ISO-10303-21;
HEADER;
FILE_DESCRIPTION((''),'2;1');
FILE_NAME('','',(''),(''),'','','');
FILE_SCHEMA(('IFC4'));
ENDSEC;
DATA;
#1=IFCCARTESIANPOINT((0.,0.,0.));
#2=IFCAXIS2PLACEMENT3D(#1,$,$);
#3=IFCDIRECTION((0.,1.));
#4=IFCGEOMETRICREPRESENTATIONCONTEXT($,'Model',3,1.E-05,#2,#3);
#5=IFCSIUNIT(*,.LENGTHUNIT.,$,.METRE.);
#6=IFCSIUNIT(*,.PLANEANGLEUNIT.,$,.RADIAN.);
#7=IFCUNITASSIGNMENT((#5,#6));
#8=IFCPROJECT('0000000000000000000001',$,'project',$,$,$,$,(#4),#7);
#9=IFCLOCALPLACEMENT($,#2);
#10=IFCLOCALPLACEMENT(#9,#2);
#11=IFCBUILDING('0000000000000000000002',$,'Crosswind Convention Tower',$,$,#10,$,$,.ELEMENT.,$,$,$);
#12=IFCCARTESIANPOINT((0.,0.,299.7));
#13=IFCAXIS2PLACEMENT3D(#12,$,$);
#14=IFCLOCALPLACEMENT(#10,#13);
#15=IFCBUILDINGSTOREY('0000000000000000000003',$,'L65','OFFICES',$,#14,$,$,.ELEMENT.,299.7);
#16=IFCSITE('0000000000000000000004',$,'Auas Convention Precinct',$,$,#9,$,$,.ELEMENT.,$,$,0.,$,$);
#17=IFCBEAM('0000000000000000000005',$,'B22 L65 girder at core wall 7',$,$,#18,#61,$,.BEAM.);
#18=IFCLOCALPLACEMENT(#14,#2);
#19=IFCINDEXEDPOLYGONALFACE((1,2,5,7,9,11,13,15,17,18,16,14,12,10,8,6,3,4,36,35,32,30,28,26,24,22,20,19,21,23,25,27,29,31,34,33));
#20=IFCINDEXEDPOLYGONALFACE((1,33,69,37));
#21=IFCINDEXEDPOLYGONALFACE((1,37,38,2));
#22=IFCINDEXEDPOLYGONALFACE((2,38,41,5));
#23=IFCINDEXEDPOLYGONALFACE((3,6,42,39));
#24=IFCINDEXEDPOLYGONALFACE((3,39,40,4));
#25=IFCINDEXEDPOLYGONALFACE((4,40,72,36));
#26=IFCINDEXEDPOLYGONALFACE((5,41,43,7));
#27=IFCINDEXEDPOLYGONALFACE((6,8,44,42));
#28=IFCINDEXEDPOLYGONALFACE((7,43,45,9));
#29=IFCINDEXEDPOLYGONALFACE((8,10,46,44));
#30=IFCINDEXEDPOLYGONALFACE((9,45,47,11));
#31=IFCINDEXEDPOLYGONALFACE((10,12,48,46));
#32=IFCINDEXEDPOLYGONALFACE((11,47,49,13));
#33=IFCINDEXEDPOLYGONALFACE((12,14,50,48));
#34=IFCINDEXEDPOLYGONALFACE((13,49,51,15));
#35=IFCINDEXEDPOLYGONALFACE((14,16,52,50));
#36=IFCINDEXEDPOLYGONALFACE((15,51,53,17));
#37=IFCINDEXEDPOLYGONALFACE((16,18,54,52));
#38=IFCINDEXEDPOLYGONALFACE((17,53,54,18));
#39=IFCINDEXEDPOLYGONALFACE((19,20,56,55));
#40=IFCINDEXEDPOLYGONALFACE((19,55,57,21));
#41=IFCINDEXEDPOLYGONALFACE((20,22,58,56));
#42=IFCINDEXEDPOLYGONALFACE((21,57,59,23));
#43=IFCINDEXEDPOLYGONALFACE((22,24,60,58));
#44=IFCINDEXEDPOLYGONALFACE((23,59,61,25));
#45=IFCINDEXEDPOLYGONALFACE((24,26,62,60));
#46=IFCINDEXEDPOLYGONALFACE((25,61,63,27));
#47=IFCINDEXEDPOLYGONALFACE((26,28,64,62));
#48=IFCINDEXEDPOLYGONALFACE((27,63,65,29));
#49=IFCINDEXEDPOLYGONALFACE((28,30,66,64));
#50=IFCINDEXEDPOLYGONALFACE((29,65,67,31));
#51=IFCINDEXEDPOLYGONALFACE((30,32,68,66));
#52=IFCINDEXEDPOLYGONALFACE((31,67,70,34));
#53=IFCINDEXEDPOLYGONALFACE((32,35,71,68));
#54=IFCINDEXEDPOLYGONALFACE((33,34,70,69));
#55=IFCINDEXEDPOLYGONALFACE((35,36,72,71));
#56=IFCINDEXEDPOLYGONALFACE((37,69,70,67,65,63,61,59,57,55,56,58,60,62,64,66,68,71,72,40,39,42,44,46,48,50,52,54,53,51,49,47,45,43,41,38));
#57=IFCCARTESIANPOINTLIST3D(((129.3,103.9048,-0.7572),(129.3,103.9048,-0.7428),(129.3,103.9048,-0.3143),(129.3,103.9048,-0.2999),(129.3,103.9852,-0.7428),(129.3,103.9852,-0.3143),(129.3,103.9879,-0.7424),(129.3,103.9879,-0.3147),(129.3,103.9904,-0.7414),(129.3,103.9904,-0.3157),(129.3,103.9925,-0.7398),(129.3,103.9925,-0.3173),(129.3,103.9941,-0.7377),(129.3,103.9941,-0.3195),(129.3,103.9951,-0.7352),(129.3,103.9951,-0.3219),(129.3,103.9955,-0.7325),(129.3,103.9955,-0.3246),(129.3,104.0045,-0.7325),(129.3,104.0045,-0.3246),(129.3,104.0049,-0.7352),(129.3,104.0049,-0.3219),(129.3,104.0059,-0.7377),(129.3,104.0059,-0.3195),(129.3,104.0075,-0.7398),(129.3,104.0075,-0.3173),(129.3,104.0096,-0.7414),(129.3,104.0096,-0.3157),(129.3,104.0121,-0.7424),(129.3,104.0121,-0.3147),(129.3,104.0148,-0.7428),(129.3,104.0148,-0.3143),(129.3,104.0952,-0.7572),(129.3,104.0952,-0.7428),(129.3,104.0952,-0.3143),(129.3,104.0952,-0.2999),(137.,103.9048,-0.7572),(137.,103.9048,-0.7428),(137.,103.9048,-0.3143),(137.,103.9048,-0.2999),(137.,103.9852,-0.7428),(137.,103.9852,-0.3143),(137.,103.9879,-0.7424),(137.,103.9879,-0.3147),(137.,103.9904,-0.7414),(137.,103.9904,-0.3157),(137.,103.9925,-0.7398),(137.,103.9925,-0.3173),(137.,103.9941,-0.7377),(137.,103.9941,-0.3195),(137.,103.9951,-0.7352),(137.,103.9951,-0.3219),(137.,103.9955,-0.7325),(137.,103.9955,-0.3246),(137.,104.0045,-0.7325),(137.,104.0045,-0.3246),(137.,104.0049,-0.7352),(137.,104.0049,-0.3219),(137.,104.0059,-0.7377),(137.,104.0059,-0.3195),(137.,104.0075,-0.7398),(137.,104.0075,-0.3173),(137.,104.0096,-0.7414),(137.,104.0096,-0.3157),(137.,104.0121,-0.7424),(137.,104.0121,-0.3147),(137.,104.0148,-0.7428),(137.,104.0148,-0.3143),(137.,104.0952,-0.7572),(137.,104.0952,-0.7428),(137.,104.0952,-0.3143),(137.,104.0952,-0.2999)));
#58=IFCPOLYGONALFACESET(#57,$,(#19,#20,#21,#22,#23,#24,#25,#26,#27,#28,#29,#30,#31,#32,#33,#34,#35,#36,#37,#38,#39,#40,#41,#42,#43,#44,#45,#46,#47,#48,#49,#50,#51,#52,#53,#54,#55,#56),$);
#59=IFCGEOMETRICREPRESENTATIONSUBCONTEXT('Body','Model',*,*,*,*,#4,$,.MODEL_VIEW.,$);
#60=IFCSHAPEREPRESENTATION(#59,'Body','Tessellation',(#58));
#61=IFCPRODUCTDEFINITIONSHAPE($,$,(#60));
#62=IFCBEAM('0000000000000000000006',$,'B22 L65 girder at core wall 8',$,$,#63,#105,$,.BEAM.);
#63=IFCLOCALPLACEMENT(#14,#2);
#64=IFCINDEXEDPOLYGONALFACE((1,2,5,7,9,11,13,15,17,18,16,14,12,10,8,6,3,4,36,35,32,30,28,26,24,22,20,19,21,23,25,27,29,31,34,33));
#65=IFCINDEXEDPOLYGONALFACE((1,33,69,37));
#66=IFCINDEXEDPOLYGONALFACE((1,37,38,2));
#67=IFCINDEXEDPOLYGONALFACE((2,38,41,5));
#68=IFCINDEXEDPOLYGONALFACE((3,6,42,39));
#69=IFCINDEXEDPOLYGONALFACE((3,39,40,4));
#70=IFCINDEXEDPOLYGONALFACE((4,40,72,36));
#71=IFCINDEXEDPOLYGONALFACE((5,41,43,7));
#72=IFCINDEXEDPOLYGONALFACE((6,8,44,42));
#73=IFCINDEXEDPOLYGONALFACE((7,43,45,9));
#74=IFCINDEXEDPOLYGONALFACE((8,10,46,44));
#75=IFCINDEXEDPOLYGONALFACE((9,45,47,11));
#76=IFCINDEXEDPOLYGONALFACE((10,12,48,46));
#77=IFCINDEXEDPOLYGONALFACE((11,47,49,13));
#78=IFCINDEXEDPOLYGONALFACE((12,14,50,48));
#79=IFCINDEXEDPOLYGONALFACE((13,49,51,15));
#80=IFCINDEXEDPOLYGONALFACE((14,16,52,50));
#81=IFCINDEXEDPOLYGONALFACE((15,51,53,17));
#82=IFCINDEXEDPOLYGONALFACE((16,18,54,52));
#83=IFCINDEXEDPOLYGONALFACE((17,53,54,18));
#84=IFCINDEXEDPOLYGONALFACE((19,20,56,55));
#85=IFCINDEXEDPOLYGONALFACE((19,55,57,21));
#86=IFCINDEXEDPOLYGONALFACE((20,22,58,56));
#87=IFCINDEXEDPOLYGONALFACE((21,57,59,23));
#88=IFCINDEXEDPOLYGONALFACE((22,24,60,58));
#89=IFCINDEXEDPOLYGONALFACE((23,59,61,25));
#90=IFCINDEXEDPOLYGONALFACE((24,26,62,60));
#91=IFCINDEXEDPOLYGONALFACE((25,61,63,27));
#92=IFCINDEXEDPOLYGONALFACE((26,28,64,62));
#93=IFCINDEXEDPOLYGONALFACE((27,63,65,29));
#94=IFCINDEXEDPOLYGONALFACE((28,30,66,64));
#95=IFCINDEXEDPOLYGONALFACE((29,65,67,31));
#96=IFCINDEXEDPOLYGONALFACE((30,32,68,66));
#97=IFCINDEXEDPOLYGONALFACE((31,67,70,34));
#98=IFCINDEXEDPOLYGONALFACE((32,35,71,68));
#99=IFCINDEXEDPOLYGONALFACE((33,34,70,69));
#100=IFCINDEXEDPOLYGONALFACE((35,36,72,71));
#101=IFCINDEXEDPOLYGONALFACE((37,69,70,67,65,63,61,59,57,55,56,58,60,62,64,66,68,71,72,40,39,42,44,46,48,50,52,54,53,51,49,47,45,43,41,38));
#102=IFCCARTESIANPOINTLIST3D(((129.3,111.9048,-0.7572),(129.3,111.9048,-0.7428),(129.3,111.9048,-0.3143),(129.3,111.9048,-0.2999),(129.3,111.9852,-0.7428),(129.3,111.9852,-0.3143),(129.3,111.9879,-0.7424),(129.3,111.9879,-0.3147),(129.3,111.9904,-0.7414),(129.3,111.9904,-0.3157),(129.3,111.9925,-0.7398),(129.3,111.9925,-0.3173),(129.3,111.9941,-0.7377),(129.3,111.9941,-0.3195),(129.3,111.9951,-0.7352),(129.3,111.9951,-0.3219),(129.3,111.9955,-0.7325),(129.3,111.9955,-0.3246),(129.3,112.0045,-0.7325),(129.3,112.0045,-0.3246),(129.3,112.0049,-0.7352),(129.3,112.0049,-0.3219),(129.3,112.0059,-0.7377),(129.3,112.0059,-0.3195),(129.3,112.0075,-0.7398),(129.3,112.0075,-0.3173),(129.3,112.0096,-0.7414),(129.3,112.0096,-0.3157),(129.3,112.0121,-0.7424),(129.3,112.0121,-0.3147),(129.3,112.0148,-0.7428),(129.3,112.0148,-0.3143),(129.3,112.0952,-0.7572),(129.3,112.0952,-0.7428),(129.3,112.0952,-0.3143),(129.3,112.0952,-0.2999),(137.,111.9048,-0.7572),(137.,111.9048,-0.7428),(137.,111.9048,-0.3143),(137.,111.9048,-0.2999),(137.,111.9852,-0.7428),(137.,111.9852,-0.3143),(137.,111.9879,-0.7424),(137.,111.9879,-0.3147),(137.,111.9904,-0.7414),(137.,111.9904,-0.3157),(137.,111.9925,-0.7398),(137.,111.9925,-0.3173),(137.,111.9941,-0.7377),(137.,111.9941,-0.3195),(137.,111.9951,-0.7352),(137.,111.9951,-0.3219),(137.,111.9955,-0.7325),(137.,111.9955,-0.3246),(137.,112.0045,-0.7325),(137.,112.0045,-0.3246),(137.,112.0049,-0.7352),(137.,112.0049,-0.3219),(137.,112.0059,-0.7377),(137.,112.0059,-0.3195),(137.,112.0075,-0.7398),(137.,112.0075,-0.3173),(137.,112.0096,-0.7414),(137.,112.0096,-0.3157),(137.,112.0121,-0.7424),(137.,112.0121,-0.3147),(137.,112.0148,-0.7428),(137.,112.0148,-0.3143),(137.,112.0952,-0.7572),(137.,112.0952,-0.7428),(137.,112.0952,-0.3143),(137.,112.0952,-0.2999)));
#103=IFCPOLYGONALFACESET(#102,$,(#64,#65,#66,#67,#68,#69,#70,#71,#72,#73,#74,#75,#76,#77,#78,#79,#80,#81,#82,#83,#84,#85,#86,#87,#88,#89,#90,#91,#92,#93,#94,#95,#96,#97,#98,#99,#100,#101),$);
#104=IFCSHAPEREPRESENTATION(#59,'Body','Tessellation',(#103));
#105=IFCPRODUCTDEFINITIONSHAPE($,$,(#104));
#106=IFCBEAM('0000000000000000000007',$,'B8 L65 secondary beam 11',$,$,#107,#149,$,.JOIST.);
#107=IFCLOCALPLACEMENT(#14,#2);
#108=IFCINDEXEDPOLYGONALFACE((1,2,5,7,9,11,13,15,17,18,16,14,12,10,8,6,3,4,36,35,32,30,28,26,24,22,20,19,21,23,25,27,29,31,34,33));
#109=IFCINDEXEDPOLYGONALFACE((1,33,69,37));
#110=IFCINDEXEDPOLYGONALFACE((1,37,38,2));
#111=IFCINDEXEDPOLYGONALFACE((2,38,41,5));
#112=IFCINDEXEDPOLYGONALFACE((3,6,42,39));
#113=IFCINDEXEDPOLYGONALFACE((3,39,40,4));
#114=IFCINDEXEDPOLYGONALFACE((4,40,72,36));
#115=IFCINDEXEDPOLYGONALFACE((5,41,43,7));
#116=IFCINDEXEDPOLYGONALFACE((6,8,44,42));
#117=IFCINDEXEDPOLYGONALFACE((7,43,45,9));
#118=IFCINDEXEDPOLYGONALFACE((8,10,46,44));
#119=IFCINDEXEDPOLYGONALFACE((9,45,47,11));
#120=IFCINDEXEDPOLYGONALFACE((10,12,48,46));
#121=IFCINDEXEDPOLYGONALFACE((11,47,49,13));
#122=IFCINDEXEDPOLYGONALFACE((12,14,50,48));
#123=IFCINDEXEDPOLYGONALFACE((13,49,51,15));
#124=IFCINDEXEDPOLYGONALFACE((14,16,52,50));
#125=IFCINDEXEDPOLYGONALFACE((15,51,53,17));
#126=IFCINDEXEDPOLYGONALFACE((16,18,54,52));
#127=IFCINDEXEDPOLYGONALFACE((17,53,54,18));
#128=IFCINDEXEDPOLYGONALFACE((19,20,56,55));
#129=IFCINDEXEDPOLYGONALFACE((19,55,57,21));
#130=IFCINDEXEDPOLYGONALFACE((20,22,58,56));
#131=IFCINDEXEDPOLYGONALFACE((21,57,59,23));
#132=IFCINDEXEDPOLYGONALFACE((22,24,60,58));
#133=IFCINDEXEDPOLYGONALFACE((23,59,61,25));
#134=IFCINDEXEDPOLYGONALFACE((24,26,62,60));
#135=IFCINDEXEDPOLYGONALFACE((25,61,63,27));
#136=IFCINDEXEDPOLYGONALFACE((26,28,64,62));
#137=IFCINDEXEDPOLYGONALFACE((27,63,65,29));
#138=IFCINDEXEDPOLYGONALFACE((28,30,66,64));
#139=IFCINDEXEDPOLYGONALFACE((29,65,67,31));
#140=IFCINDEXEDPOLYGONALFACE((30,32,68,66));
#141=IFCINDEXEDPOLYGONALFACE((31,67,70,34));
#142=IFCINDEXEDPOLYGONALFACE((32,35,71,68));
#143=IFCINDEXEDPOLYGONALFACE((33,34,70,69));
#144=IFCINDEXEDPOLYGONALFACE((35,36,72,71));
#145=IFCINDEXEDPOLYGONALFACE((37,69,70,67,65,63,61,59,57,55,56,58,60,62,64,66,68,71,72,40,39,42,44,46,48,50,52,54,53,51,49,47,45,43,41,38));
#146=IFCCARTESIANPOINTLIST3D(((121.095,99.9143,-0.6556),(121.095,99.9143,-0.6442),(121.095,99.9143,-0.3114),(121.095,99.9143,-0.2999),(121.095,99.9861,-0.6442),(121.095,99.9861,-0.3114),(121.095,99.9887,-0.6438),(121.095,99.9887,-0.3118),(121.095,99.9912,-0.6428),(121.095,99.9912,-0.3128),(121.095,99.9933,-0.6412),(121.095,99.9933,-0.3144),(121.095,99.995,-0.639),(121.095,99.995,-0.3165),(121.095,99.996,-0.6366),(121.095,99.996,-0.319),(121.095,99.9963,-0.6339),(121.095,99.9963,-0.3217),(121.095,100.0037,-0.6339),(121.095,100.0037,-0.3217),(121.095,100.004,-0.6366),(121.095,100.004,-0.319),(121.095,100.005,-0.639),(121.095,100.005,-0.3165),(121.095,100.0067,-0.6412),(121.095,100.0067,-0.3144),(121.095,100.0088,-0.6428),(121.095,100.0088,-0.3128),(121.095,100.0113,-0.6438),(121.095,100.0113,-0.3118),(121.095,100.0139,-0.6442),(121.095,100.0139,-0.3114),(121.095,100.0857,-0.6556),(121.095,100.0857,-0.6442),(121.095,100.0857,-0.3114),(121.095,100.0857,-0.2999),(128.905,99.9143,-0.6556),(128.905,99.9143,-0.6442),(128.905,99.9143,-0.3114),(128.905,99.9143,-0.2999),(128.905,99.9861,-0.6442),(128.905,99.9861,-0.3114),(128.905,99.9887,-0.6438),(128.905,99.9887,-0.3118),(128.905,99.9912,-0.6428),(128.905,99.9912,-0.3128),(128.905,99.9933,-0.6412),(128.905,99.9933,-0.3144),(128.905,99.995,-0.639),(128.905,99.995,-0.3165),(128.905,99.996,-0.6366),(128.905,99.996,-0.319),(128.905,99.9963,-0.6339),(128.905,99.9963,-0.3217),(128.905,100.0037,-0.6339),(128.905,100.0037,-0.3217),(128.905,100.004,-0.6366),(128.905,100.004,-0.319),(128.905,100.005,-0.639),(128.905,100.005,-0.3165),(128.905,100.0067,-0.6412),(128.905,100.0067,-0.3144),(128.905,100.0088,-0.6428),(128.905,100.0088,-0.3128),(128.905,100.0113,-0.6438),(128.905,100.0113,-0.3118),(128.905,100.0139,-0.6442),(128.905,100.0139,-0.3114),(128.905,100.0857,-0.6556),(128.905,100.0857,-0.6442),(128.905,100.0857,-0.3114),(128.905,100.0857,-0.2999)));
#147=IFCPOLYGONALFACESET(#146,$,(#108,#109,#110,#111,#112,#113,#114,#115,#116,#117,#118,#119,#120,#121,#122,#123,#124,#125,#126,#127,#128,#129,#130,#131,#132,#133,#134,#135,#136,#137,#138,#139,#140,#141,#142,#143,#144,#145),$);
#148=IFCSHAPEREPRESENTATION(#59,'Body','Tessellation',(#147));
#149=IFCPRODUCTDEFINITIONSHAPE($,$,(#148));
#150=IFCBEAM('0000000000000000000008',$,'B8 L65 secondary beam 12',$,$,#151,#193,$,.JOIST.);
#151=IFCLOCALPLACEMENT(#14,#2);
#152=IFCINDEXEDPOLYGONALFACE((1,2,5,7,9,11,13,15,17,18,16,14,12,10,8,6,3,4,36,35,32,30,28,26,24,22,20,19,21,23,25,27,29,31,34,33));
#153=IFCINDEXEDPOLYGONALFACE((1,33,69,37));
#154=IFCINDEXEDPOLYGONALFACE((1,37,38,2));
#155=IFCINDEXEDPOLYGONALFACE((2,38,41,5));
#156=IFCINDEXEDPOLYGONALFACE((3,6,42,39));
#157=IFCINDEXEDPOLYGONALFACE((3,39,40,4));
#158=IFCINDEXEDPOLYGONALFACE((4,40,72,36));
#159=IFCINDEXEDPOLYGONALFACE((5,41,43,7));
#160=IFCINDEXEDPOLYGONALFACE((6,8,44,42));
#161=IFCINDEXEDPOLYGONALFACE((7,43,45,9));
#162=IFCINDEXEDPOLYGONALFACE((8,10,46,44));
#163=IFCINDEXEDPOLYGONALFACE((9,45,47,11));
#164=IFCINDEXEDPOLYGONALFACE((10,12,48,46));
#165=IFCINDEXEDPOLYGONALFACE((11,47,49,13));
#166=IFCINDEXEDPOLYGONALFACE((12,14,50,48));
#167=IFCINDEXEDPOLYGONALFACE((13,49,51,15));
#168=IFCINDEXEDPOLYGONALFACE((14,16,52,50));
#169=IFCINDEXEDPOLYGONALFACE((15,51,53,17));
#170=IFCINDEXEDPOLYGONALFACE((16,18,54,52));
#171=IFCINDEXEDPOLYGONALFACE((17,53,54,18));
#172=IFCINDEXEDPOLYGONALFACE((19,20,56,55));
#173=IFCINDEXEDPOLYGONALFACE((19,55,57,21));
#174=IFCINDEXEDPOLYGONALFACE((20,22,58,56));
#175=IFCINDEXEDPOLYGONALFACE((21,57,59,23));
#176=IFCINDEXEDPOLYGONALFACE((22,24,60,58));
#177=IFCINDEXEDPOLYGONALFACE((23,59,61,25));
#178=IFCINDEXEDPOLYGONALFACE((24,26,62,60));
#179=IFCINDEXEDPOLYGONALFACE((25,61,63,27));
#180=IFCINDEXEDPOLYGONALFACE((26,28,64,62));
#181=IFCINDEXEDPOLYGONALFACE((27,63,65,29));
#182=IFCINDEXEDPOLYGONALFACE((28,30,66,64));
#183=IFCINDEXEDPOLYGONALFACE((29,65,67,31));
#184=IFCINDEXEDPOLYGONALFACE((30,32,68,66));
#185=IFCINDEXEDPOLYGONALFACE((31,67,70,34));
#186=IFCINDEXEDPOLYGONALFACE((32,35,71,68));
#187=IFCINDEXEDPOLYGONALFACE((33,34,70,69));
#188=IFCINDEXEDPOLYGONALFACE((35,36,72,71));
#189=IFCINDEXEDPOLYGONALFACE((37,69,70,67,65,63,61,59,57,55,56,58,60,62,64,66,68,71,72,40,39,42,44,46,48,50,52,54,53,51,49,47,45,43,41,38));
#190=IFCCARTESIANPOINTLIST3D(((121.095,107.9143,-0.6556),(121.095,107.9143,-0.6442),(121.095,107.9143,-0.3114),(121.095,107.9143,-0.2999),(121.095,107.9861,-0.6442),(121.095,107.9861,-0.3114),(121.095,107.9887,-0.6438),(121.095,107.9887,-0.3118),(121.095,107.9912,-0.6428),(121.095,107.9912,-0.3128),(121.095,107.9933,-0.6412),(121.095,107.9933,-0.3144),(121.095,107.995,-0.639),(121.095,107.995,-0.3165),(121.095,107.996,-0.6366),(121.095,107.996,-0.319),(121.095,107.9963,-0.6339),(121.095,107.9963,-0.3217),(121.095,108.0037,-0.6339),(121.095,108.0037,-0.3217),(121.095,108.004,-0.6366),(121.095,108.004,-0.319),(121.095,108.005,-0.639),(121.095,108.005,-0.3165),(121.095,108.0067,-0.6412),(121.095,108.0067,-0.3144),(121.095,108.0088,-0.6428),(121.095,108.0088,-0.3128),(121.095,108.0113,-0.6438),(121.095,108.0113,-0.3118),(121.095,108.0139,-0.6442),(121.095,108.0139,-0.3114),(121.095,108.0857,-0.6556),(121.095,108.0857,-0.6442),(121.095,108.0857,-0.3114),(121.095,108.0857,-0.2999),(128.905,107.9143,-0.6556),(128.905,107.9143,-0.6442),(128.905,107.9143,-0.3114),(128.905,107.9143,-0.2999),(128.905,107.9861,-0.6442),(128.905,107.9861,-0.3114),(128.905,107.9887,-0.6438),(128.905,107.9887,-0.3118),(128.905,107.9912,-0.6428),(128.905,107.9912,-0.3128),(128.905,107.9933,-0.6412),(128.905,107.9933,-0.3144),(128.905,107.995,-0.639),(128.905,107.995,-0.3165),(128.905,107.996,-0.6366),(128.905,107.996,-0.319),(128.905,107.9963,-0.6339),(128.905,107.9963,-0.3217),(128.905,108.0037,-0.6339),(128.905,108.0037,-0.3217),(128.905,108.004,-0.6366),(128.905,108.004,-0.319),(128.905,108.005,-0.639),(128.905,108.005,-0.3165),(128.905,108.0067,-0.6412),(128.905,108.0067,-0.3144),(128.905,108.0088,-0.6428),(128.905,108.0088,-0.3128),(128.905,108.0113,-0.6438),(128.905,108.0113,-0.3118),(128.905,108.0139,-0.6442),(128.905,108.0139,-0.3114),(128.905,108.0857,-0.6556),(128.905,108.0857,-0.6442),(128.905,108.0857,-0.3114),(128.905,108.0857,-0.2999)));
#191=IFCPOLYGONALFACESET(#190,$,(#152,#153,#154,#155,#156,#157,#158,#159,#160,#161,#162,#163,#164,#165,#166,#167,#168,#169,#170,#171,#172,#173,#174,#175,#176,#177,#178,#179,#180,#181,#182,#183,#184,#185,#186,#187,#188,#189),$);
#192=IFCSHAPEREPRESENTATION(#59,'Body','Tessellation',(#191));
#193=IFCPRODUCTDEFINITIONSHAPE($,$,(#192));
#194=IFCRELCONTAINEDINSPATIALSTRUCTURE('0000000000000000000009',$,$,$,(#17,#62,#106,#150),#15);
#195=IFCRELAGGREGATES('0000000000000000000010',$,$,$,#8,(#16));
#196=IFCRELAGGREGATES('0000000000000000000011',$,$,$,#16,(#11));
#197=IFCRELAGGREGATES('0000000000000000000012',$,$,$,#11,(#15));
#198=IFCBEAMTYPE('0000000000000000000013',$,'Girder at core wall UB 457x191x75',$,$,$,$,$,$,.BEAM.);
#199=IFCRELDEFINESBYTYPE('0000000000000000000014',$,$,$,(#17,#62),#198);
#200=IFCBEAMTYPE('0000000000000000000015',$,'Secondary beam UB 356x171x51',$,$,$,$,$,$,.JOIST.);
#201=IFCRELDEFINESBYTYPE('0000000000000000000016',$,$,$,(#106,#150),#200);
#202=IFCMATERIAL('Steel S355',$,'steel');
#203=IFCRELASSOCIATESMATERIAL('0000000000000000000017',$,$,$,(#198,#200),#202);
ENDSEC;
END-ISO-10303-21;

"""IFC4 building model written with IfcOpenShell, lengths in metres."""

from ifc_helpers import new_model, si_unit, direction, frame, origin, origin_2d, place, context, subcontext, project, spatial, i_section, extrude, material, material_profile, profile_set, type_object, element, save


model = new_model("IFC4")

# Units and contexts
model_context = context("Model", 3, precision=1e-05, world=origin(), true_north=direction((0.0, 1.0)))
body_context = subcontext(model_context, "Body", "Model", "MODEL_VIEW")
ifc_project = project(units=[si_unit("LENGTHUNIT", "METRE"), si_unit("PLANEANGLEUNIT", "RADIAN")], contexts=[model_context])

# Site, building, storey
site_placement = place(None, origin())
site = spatial("IfcSite", under=ifc_project, at=site_placement, Name="Auas Convention Precinct", CompositionType="ELEMENT", RefElevation=0.0)
building_placement = place(site_placement, origin())
building = spatial("IfcBuilding", under=site, at=building_placement, Name="Crosswind Convention Tower", CompositionType="ELEMENT")
storey_placement = place(building_placement, frame((0.0, 0.0, 299.7)))
storey = spatial("IfcBuildingStorey", under=building, at=storey_placement, Name="L65", Description="OFFICES", CompositionType="ELEMENT", Elevation=299.7)

# Beams
ifc_material_1 = material(Name="Steel S355", Category="steel")
ifc_material_profile_1 = material_profile(ifc_material_1, i_section(OverallWidth=0.1904, OverallDepth=0.4573, WebThickness=0.009, FlangeThickness=0.0144, FilletRadius=0.0103, at=origin_2d()), Name="UB 457x191x75")
ifc_profile_set_1 = profile_set([ifc_material_profile_1], Name="Steel S355")
beam_type_1 = type_object("IfcBeamType", Name="Girder at core wall UB 457x191x75", PredefinedType="BEAM", material=ifc_profile_set_1)
for number, where, z_axis, x_axis, name in (
    (1, (129.3, 104.0, -0.5286), (1.0, 0.0, 0.0), (0.0, 1.0, 0.0), "B22 L65 girder at core wall 7"),
    (2, (129.3, 112.0, -0.5286), (1.0, 0.0, 0.0), (0.0, 1.0, 0.0), "B22 L65 girder at core wall 8"),
):
    element("IfcBeam", number, at=place(storey_placement, frame(where, z_axis=z_axis, x_axis=x_axis)), inside=storey, type_object=beam_type_1, Name=name, PredefinedType="BEAM", context=body_context, shape_type="SweptSolid", body=[
        extrude(i_section(OverallWidth=0.1904, OverallDepth=0.4573, WebThickness=0.009, FlangeThickness=0.0144, FilletRadius=0.0103, at=origin_2d()), origin(), (0.0, 0.0, 1.0), 7.7),
    ])
ifc_material_profile_2 = material_profile(ifc_material_1, i_section(OverallWidth=0.1714, OverallDepth=0.3557, WebThickness=0.0073, FlangeThickness=0.0115, FilletRadius=0.0103, at=origin_2d()), Name="UB 356x171x51")
ifc_profile_set_2 = profile_set([ifc_material_profile_2], Name="Steel S355")
beam_type_2 = type_object("IfcBeamType", Name="Secondary beam UB 356x171x51", PredefinedType="JOIST", material=ifc_profile_set_2)
for number, where, z_axis, x_axis, name in (
    (3, (121.095, 100.0, -0.4778), (1.0, 0.0, 0.0), (0.0, 1.0, 0.0), "B8 L65 secondary beam 11"),
    (4, (121.095, 108.0, -0.4778), (1.0, 0.0, 0.0), (0.0, 1.0, 0.0), "B8 L65 secondary beam 12"),
):
    element("IfcBeam", number, at=place(storey_placement, frame(where, z_axis=z_axis, x_axis=x_axis)), inside=storey, type_object=beam_type_2, Name=name, PredefinedType="JOIST", context=body_context, shape_type="SweptSolid", body=[
        extrude(i_section(OverallWidth=0.1714, OverallDepth=0.3557, WebThickness=0.0073, FlangeThickness=0.0115, FilletRadius=0.0103, at=origin_2d()), origin(), (0.0, 0.0, 1.0), 7.8101),
    ])

save(model, "model.ifc")
